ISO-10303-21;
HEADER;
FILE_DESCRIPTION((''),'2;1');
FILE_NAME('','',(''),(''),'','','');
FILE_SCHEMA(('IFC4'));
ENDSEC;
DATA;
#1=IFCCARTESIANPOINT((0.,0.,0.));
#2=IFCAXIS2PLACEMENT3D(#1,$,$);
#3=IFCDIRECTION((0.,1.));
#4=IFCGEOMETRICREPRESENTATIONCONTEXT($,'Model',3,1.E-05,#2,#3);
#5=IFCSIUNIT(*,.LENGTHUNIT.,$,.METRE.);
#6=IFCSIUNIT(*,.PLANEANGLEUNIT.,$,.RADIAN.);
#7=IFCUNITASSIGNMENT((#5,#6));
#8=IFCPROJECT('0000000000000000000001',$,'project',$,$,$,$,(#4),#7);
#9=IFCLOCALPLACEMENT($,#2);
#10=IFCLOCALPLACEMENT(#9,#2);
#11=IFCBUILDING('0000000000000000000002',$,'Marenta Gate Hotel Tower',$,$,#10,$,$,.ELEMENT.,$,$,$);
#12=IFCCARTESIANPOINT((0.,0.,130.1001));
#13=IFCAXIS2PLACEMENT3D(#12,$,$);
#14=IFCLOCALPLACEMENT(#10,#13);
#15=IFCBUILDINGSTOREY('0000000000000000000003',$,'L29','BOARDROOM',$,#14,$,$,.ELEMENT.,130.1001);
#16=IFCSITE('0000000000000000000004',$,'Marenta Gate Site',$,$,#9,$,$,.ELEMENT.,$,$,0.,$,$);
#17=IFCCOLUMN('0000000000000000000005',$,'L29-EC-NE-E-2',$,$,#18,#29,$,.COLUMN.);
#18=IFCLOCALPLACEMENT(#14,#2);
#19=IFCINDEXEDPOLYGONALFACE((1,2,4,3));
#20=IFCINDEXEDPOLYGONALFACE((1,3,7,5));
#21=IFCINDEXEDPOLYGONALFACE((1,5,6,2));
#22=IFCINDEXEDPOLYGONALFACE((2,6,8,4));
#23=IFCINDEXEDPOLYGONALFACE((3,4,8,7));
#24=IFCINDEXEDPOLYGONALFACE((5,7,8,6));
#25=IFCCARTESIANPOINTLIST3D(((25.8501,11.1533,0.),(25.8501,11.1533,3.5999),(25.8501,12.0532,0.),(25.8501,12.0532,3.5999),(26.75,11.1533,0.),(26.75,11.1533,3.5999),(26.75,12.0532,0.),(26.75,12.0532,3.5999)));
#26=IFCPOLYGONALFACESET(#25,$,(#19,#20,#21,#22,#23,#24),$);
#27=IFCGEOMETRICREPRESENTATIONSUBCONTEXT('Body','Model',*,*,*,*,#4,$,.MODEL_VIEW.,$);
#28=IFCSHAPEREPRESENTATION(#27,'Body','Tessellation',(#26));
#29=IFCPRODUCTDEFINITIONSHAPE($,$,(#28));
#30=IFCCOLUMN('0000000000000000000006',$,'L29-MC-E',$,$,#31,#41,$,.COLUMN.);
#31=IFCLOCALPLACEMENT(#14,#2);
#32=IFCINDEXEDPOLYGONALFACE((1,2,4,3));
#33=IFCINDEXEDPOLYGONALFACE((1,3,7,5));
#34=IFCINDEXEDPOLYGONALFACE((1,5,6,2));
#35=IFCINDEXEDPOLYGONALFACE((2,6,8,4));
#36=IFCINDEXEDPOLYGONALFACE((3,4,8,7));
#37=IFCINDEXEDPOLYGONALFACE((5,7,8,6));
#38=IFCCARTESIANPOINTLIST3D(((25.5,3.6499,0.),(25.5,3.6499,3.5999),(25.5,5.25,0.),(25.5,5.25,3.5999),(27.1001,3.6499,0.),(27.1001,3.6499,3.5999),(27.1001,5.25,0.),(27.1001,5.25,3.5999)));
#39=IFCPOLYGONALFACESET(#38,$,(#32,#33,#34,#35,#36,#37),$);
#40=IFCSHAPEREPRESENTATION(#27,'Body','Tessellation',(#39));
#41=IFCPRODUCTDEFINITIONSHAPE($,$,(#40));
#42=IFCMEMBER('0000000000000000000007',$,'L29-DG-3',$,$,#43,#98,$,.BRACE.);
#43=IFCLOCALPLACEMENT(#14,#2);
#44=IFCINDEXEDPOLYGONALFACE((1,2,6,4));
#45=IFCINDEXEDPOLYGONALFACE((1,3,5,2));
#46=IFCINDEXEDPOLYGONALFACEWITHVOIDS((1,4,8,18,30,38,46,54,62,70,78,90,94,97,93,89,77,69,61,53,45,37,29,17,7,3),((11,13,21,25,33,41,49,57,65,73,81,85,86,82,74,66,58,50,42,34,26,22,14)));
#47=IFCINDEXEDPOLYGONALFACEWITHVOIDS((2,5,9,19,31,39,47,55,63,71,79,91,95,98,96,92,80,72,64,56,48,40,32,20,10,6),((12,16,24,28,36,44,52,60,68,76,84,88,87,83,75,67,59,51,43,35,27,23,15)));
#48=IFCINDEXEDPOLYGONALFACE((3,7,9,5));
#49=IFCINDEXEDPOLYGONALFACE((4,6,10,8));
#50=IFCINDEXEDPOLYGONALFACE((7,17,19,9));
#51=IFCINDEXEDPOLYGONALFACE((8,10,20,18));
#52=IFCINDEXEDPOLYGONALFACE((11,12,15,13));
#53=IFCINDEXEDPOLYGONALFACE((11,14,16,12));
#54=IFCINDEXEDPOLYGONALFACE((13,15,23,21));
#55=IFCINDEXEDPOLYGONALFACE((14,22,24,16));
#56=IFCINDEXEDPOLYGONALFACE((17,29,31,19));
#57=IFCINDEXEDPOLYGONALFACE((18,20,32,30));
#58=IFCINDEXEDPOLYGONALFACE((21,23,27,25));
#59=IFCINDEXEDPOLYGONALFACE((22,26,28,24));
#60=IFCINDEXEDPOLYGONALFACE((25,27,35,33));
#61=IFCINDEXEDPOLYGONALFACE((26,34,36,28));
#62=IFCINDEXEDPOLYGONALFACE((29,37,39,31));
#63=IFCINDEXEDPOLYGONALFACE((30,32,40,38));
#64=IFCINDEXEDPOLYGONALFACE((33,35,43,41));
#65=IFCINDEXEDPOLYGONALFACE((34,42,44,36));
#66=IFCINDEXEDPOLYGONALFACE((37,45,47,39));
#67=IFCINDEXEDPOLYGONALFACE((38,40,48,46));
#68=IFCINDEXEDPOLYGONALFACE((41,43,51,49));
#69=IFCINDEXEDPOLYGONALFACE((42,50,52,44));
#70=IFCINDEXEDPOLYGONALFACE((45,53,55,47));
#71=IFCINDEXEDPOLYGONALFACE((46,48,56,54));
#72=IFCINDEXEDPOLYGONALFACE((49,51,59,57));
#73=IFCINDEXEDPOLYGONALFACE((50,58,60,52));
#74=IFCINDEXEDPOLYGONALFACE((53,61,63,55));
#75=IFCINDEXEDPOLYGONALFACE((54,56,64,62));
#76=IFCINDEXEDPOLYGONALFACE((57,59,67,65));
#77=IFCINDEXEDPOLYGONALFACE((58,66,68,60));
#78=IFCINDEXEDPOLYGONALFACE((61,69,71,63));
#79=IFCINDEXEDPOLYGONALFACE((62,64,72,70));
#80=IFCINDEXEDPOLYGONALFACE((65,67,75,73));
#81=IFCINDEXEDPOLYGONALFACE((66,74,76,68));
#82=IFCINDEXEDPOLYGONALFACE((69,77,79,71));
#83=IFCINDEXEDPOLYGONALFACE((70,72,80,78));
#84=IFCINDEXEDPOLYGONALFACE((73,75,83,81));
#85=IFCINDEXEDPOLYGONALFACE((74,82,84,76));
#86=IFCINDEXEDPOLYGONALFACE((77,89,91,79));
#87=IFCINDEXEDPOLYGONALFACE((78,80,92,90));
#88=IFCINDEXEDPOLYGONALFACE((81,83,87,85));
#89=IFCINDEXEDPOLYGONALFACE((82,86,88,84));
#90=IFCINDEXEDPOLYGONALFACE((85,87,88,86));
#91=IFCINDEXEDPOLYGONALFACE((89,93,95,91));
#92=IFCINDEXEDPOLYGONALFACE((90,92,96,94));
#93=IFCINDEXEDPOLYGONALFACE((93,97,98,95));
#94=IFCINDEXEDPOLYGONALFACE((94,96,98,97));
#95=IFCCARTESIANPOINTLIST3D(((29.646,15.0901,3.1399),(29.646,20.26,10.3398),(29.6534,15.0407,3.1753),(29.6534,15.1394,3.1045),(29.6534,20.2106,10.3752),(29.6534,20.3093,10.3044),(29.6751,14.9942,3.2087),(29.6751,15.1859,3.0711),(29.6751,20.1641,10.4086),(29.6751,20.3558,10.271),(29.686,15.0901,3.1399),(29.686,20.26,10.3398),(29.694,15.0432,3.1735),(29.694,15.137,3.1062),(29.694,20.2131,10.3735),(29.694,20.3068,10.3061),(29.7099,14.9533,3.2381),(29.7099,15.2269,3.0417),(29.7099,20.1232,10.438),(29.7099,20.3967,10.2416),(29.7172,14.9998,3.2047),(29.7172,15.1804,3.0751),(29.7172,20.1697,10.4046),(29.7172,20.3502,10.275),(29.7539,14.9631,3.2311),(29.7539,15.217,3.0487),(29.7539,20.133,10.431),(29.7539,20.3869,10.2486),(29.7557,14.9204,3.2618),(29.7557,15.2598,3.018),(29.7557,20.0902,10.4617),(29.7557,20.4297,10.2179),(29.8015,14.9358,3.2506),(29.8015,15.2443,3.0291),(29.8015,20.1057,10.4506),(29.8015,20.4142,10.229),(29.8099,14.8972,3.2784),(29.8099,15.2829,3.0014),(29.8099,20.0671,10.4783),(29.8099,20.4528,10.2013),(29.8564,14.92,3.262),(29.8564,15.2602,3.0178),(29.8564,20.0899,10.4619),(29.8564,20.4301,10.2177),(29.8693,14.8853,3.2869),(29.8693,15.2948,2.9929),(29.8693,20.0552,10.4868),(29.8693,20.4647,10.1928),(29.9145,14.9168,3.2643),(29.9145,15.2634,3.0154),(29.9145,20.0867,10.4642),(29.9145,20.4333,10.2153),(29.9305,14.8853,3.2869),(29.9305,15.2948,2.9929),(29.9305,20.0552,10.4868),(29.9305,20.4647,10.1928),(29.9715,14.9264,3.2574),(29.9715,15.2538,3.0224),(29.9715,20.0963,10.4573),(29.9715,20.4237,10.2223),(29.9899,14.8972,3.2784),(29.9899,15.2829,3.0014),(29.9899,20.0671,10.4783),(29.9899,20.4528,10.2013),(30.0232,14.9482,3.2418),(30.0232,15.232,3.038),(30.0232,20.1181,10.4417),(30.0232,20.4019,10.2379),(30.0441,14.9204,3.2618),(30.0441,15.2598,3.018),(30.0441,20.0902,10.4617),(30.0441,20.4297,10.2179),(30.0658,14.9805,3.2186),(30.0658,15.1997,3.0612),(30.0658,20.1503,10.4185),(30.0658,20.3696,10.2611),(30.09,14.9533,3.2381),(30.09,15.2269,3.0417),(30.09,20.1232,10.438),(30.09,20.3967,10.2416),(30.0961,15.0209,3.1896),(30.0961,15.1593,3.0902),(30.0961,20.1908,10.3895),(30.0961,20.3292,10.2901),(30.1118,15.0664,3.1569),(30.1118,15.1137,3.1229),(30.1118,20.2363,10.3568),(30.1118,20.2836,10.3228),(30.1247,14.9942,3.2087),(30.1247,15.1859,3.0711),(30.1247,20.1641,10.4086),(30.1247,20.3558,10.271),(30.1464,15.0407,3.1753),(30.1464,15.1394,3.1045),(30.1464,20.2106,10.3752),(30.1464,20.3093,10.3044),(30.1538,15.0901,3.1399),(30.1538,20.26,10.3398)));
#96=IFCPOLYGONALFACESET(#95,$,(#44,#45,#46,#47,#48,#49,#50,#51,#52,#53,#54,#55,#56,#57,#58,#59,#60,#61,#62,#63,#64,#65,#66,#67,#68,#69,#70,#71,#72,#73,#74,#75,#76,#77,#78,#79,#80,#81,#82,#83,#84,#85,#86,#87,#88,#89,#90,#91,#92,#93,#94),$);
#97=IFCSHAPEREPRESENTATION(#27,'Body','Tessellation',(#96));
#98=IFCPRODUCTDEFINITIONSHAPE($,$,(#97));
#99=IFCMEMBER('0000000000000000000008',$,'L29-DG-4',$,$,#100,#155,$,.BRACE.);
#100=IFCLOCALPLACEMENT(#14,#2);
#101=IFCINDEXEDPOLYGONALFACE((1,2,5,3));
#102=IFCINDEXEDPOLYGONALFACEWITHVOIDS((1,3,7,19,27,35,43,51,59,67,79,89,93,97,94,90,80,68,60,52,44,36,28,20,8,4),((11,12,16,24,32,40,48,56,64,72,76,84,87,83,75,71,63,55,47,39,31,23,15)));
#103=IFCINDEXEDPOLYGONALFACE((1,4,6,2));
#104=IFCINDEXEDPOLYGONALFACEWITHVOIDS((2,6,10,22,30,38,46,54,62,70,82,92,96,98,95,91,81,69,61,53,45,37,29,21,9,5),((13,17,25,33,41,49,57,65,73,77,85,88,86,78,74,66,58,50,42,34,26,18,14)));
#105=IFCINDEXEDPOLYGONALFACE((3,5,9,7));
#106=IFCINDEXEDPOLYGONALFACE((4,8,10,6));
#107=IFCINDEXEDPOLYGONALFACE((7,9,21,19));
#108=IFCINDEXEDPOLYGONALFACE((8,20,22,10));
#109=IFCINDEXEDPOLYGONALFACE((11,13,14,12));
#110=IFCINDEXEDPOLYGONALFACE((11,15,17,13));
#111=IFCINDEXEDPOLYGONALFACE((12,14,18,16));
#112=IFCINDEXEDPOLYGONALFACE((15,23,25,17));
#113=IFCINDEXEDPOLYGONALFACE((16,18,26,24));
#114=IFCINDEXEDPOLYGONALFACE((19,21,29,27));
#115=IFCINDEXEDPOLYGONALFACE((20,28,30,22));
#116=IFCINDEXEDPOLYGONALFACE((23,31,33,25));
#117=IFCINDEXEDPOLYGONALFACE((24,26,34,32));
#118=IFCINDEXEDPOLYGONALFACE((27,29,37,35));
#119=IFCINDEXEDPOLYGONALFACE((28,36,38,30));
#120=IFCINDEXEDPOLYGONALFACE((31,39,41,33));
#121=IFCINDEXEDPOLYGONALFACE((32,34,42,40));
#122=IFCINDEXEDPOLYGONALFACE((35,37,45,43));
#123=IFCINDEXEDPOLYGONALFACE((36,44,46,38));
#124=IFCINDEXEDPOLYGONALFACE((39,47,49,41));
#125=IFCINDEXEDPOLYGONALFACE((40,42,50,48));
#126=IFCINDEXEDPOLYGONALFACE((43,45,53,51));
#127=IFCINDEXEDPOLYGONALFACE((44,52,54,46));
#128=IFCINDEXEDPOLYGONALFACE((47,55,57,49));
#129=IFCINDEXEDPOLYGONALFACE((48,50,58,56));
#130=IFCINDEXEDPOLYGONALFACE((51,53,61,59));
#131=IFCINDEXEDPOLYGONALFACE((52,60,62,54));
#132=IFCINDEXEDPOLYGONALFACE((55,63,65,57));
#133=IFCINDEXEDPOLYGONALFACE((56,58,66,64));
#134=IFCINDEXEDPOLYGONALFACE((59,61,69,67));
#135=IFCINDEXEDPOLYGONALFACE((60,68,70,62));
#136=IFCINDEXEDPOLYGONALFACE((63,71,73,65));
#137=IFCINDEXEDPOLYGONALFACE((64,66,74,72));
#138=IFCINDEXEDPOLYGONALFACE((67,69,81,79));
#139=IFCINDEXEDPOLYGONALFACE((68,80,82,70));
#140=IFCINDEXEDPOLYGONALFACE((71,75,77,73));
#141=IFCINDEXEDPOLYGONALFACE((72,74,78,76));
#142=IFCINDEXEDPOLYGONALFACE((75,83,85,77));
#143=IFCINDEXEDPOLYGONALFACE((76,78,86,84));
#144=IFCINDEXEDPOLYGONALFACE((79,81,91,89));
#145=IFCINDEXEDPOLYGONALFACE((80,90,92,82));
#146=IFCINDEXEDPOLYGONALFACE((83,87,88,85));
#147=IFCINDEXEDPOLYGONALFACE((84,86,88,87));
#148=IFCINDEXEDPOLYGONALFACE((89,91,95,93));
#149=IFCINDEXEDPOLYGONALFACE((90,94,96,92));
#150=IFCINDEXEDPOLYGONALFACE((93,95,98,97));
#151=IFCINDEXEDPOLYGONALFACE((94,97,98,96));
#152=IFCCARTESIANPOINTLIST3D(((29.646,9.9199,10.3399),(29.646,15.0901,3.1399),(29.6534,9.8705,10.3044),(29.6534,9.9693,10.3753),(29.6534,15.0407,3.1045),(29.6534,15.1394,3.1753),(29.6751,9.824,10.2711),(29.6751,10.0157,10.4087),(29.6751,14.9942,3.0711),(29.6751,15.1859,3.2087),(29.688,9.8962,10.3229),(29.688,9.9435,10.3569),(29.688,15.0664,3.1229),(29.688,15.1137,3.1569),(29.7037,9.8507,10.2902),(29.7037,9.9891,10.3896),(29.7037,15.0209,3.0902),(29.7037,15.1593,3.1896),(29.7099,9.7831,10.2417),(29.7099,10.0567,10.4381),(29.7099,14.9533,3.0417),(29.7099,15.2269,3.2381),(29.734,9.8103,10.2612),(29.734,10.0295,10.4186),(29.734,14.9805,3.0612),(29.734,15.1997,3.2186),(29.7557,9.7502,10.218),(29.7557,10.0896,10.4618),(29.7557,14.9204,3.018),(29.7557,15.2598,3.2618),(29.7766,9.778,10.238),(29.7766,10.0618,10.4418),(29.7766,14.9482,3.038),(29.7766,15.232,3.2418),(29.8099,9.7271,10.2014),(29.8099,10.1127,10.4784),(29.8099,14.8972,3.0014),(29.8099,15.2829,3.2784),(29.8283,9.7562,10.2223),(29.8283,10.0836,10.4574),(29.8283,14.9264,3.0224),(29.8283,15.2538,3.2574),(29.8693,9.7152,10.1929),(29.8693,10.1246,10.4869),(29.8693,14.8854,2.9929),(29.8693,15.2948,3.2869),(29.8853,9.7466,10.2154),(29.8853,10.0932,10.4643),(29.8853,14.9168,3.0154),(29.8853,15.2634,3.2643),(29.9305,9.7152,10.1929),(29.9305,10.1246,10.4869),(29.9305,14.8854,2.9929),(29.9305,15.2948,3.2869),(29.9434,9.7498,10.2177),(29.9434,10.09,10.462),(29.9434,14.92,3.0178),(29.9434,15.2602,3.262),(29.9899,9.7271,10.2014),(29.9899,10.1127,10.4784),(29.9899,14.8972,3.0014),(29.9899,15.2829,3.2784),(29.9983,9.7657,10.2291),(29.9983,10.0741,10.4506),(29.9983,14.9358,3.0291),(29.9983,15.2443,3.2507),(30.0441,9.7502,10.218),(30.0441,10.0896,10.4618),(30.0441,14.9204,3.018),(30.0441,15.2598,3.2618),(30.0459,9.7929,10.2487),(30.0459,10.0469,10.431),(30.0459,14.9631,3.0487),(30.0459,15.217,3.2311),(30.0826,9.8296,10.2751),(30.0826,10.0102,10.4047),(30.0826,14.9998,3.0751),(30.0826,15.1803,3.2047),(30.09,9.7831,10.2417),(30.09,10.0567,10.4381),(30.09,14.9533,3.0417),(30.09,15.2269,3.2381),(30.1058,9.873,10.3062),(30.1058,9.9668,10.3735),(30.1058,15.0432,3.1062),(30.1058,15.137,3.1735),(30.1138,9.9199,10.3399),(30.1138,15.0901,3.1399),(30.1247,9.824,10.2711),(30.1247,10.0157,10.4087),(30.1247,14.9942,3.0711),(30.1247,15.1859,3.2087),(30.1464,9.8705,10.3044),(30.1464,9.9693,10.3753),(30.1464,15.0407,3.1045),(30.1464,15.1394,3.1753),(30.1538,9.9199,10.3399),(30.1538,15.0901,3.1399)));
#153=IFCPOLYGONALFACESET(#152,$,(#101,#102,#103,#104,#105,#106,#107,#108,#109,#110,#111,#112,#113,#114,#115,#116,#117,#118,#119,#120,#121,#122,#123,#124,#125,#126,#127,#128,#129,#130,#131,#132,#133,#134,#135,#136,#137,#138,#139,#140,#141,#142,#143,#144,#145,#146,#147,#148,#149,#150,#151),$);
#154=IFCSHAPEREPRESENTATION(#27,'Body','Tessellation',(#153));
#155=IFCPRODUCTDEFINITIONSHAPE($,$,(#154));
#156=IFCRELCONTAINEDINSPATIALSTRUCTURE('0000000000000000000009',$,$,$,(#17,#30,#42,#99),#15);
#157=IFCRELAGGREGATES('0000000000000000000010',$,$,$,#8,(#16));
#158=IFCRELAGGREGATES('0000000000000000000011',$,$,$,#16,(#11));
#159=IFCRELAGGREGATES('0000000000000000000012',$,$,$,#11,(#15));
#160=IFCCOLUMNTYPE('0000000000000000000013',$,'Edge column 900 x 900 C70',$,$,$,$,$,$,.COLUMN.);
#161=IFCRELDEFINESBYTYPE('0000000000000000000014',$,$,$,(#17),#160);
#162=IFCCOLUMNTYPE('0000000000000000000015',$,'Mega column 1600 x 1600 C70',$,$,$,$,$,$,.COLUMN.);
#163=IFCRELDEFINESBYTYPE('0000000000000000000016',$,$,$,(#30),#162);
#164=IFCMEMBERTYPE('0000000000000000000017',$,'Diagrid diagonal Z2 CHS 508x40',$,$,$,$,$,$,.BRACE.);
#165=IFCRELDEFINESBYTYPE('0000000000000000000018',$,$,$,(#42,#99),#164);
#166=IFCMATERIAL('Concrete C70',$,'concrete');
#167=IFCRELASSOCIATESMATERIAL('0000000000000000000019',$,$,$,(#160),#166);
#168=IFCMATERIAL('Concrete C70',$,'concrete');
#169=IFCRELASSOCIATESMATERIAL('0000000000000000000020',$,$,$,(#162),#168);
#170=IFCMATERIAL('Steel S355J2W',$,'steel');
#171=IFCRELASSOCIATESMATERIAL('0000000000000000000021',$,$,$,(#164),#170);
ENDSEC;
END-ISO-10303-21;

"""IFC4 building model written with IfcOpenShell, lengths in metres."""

from ifc_helpers import new_model, si_unit, direction, frame, origin, origin_2d, place, context, subcontext, project, spatial, rectangle, hollow_circle, extrude, material, material_profile, profile_set, type_object, element, save


model = new_model("IFC4")

# Units and contexts
model_context = context("Model", 3, precision=1e-05, world=origin(), true_north=direction((0.0, 1.0)))
body_context = subcontext(model_context, "Body", "Model", "MODEL_VIEW")
ifc_project = project(units=[si_unit("LENGTHUNIT", "METRE"), si_unit("PLANEANGLEUNIT", "RADIAN")], contexts=[model_context])

# Site, building, storey
site_placement = place(None, origin())
site = spatial("IfcSite", under=ifc_project, at=site_placement, Name="Marenta Gate Site", CompositionType="ELEMENT", RefElevation=0.0)
building_placement = place(site_placement, origin())
building = spatial("IfcBuilding", under=site, at=building_placement, Name="Marenta Gate Hotel Tower", CompositionType="ELEMENT")
storey_placement = place(building_placement, frame((0.0, 0.0, 130.1001)))
storey = spatial("IfcBuildingStorey", under=building, at=storey_placement, Name="L29", Description="BOARDROOM", CompositionType="ELEMENT", Elevation=130.1001)

# Columns
ifc_material_1 = material(Name="Concrete C70", Category="concrete")
ifc_material_profile_1 = material_profile(ifc_material_1, rectangle(XDim=0.8999, YDim=0.8999, at=origin_2d()), Name="900 x 900")
ifc_profile_set_1 = profile_set([ifc_material_profile_1], Name="Concrete C70")
column_type_1 = type_object("IfcColumnType", Name="Edge column 900 x 900 C70", PredefinedType="COLUMN", material=ifc_profile_set_1)
column_1_placement = place(storey_placement, frame((26.3, 11.6033, 0.0), z_axis=(0.0, 0.0, 1.0), x_axis=(1.0, 0.0, 0.0)))
element("IfcColumn", 1, at=column_1_placement, inside=storey, type_object=column_type_1, Name="L29-EC-NE-E-2", PredefinedType="COLUMN", context=body_context, shape_type="SweptSolid", body=[
    extrude(rectangle(XDim=0.8999, YDim=0.8999, at=origin_2d()), origin(), (0.0, 0.0, 1.0), 3.5999),
])
ifc_material_2 = material(Name="Concrete C70", Category="concrete")
ifc_material_profile_2 = material_profile(ifc_material_2, rectangle(XDim=1.6001, YDim=1.6001, at=origin_2d()), Name="1600 x 1600")
ifc_profile_set_2 = profile_set([ifc_material_profile_2], Name="Concrete C70")
column_type_2 = type_object("IfcColumnType", Name="Mega column 1600 x 1600 C70", PredefinedType="COLUMN", material=ifc_profile_set_2)
column_2_placement = place(storey_placement, frame((26.3, 4.45, 0.0), z_axis=(0.0, 0.0, 1.0), x_axis=(1.0, 0.0, 0.0)))
element("IfcColumn", 2, at=column_2_placement, inside=storey, type_object=column_type_2, Name="L29-MC-E", PredefinedType="COLUMN", context=body_context, shape_type="SweptSolid", body=[
    extrude(rectangle(XDim=1.6001, YDim=1.6001, at=origin_2d()), origin(), (0.0, 0.0, 1.0), 3.5999),
])

# Members
ifc_material_3 = material(Name="Steel S355J2W", Category="steel")
ifc_material_profile_3 = material_profile(ifc_material_3, hollow_circle(Radius=0.2539, WallThickness=0.04, at=origin_2d()), Name="CHS 508x40")
ifc_profile_set_3 = profile_set([ifc_material_profile_3], Name="Steel S355J2W")
member_type_1 = type_object("IfcMemberType", Name="Diagrid diagonal Z2 CHS 508x40", PredefinedType="BRACE", material=ifc_profile_set_3)
member_1_placement = place(storey_placement, frame((29.8999, 15.0901, 3.1399), z_axis=(0.0, 0.583261, 0.812285), x_axis=(-1.0, 0.0, 0.0)))
element("IfcMember", 3, at=member_1_placement, inside=storey, type_object=member_type_1, Name="L29-DG-3", PredefinedType="BRACE", context=body_context, shape_type="SweptSolid", body=[
    extrude(hollow_circle(Radius=0.2539, WallThickness=0.04, at=origin_2d()), origin(), (0.0, 0.0, 1.0), 8.8638),
])
member_2_placement = place(storey_placement, frame((29.8999, 15.0901, 3.1399), z_axis=(0.0, -0.583279, 0.812272), x_axis=(1.0, 0.0, 0.0)))
element("IfcMember", 4, at=member_2_placement, inside=storey, type_object=member_type_1, Name="L29-DG-4", PredefinedType="BRACE", context=body_context, shape_type="SweptSolid", body=[
    extrude(hollow_circle(Radius=0.2539, WallThickness=0.04, at=origin_2d()), origin(), (0.0, 0.0, 1.0), 8.864),
])

save(model, "model.ifc")
